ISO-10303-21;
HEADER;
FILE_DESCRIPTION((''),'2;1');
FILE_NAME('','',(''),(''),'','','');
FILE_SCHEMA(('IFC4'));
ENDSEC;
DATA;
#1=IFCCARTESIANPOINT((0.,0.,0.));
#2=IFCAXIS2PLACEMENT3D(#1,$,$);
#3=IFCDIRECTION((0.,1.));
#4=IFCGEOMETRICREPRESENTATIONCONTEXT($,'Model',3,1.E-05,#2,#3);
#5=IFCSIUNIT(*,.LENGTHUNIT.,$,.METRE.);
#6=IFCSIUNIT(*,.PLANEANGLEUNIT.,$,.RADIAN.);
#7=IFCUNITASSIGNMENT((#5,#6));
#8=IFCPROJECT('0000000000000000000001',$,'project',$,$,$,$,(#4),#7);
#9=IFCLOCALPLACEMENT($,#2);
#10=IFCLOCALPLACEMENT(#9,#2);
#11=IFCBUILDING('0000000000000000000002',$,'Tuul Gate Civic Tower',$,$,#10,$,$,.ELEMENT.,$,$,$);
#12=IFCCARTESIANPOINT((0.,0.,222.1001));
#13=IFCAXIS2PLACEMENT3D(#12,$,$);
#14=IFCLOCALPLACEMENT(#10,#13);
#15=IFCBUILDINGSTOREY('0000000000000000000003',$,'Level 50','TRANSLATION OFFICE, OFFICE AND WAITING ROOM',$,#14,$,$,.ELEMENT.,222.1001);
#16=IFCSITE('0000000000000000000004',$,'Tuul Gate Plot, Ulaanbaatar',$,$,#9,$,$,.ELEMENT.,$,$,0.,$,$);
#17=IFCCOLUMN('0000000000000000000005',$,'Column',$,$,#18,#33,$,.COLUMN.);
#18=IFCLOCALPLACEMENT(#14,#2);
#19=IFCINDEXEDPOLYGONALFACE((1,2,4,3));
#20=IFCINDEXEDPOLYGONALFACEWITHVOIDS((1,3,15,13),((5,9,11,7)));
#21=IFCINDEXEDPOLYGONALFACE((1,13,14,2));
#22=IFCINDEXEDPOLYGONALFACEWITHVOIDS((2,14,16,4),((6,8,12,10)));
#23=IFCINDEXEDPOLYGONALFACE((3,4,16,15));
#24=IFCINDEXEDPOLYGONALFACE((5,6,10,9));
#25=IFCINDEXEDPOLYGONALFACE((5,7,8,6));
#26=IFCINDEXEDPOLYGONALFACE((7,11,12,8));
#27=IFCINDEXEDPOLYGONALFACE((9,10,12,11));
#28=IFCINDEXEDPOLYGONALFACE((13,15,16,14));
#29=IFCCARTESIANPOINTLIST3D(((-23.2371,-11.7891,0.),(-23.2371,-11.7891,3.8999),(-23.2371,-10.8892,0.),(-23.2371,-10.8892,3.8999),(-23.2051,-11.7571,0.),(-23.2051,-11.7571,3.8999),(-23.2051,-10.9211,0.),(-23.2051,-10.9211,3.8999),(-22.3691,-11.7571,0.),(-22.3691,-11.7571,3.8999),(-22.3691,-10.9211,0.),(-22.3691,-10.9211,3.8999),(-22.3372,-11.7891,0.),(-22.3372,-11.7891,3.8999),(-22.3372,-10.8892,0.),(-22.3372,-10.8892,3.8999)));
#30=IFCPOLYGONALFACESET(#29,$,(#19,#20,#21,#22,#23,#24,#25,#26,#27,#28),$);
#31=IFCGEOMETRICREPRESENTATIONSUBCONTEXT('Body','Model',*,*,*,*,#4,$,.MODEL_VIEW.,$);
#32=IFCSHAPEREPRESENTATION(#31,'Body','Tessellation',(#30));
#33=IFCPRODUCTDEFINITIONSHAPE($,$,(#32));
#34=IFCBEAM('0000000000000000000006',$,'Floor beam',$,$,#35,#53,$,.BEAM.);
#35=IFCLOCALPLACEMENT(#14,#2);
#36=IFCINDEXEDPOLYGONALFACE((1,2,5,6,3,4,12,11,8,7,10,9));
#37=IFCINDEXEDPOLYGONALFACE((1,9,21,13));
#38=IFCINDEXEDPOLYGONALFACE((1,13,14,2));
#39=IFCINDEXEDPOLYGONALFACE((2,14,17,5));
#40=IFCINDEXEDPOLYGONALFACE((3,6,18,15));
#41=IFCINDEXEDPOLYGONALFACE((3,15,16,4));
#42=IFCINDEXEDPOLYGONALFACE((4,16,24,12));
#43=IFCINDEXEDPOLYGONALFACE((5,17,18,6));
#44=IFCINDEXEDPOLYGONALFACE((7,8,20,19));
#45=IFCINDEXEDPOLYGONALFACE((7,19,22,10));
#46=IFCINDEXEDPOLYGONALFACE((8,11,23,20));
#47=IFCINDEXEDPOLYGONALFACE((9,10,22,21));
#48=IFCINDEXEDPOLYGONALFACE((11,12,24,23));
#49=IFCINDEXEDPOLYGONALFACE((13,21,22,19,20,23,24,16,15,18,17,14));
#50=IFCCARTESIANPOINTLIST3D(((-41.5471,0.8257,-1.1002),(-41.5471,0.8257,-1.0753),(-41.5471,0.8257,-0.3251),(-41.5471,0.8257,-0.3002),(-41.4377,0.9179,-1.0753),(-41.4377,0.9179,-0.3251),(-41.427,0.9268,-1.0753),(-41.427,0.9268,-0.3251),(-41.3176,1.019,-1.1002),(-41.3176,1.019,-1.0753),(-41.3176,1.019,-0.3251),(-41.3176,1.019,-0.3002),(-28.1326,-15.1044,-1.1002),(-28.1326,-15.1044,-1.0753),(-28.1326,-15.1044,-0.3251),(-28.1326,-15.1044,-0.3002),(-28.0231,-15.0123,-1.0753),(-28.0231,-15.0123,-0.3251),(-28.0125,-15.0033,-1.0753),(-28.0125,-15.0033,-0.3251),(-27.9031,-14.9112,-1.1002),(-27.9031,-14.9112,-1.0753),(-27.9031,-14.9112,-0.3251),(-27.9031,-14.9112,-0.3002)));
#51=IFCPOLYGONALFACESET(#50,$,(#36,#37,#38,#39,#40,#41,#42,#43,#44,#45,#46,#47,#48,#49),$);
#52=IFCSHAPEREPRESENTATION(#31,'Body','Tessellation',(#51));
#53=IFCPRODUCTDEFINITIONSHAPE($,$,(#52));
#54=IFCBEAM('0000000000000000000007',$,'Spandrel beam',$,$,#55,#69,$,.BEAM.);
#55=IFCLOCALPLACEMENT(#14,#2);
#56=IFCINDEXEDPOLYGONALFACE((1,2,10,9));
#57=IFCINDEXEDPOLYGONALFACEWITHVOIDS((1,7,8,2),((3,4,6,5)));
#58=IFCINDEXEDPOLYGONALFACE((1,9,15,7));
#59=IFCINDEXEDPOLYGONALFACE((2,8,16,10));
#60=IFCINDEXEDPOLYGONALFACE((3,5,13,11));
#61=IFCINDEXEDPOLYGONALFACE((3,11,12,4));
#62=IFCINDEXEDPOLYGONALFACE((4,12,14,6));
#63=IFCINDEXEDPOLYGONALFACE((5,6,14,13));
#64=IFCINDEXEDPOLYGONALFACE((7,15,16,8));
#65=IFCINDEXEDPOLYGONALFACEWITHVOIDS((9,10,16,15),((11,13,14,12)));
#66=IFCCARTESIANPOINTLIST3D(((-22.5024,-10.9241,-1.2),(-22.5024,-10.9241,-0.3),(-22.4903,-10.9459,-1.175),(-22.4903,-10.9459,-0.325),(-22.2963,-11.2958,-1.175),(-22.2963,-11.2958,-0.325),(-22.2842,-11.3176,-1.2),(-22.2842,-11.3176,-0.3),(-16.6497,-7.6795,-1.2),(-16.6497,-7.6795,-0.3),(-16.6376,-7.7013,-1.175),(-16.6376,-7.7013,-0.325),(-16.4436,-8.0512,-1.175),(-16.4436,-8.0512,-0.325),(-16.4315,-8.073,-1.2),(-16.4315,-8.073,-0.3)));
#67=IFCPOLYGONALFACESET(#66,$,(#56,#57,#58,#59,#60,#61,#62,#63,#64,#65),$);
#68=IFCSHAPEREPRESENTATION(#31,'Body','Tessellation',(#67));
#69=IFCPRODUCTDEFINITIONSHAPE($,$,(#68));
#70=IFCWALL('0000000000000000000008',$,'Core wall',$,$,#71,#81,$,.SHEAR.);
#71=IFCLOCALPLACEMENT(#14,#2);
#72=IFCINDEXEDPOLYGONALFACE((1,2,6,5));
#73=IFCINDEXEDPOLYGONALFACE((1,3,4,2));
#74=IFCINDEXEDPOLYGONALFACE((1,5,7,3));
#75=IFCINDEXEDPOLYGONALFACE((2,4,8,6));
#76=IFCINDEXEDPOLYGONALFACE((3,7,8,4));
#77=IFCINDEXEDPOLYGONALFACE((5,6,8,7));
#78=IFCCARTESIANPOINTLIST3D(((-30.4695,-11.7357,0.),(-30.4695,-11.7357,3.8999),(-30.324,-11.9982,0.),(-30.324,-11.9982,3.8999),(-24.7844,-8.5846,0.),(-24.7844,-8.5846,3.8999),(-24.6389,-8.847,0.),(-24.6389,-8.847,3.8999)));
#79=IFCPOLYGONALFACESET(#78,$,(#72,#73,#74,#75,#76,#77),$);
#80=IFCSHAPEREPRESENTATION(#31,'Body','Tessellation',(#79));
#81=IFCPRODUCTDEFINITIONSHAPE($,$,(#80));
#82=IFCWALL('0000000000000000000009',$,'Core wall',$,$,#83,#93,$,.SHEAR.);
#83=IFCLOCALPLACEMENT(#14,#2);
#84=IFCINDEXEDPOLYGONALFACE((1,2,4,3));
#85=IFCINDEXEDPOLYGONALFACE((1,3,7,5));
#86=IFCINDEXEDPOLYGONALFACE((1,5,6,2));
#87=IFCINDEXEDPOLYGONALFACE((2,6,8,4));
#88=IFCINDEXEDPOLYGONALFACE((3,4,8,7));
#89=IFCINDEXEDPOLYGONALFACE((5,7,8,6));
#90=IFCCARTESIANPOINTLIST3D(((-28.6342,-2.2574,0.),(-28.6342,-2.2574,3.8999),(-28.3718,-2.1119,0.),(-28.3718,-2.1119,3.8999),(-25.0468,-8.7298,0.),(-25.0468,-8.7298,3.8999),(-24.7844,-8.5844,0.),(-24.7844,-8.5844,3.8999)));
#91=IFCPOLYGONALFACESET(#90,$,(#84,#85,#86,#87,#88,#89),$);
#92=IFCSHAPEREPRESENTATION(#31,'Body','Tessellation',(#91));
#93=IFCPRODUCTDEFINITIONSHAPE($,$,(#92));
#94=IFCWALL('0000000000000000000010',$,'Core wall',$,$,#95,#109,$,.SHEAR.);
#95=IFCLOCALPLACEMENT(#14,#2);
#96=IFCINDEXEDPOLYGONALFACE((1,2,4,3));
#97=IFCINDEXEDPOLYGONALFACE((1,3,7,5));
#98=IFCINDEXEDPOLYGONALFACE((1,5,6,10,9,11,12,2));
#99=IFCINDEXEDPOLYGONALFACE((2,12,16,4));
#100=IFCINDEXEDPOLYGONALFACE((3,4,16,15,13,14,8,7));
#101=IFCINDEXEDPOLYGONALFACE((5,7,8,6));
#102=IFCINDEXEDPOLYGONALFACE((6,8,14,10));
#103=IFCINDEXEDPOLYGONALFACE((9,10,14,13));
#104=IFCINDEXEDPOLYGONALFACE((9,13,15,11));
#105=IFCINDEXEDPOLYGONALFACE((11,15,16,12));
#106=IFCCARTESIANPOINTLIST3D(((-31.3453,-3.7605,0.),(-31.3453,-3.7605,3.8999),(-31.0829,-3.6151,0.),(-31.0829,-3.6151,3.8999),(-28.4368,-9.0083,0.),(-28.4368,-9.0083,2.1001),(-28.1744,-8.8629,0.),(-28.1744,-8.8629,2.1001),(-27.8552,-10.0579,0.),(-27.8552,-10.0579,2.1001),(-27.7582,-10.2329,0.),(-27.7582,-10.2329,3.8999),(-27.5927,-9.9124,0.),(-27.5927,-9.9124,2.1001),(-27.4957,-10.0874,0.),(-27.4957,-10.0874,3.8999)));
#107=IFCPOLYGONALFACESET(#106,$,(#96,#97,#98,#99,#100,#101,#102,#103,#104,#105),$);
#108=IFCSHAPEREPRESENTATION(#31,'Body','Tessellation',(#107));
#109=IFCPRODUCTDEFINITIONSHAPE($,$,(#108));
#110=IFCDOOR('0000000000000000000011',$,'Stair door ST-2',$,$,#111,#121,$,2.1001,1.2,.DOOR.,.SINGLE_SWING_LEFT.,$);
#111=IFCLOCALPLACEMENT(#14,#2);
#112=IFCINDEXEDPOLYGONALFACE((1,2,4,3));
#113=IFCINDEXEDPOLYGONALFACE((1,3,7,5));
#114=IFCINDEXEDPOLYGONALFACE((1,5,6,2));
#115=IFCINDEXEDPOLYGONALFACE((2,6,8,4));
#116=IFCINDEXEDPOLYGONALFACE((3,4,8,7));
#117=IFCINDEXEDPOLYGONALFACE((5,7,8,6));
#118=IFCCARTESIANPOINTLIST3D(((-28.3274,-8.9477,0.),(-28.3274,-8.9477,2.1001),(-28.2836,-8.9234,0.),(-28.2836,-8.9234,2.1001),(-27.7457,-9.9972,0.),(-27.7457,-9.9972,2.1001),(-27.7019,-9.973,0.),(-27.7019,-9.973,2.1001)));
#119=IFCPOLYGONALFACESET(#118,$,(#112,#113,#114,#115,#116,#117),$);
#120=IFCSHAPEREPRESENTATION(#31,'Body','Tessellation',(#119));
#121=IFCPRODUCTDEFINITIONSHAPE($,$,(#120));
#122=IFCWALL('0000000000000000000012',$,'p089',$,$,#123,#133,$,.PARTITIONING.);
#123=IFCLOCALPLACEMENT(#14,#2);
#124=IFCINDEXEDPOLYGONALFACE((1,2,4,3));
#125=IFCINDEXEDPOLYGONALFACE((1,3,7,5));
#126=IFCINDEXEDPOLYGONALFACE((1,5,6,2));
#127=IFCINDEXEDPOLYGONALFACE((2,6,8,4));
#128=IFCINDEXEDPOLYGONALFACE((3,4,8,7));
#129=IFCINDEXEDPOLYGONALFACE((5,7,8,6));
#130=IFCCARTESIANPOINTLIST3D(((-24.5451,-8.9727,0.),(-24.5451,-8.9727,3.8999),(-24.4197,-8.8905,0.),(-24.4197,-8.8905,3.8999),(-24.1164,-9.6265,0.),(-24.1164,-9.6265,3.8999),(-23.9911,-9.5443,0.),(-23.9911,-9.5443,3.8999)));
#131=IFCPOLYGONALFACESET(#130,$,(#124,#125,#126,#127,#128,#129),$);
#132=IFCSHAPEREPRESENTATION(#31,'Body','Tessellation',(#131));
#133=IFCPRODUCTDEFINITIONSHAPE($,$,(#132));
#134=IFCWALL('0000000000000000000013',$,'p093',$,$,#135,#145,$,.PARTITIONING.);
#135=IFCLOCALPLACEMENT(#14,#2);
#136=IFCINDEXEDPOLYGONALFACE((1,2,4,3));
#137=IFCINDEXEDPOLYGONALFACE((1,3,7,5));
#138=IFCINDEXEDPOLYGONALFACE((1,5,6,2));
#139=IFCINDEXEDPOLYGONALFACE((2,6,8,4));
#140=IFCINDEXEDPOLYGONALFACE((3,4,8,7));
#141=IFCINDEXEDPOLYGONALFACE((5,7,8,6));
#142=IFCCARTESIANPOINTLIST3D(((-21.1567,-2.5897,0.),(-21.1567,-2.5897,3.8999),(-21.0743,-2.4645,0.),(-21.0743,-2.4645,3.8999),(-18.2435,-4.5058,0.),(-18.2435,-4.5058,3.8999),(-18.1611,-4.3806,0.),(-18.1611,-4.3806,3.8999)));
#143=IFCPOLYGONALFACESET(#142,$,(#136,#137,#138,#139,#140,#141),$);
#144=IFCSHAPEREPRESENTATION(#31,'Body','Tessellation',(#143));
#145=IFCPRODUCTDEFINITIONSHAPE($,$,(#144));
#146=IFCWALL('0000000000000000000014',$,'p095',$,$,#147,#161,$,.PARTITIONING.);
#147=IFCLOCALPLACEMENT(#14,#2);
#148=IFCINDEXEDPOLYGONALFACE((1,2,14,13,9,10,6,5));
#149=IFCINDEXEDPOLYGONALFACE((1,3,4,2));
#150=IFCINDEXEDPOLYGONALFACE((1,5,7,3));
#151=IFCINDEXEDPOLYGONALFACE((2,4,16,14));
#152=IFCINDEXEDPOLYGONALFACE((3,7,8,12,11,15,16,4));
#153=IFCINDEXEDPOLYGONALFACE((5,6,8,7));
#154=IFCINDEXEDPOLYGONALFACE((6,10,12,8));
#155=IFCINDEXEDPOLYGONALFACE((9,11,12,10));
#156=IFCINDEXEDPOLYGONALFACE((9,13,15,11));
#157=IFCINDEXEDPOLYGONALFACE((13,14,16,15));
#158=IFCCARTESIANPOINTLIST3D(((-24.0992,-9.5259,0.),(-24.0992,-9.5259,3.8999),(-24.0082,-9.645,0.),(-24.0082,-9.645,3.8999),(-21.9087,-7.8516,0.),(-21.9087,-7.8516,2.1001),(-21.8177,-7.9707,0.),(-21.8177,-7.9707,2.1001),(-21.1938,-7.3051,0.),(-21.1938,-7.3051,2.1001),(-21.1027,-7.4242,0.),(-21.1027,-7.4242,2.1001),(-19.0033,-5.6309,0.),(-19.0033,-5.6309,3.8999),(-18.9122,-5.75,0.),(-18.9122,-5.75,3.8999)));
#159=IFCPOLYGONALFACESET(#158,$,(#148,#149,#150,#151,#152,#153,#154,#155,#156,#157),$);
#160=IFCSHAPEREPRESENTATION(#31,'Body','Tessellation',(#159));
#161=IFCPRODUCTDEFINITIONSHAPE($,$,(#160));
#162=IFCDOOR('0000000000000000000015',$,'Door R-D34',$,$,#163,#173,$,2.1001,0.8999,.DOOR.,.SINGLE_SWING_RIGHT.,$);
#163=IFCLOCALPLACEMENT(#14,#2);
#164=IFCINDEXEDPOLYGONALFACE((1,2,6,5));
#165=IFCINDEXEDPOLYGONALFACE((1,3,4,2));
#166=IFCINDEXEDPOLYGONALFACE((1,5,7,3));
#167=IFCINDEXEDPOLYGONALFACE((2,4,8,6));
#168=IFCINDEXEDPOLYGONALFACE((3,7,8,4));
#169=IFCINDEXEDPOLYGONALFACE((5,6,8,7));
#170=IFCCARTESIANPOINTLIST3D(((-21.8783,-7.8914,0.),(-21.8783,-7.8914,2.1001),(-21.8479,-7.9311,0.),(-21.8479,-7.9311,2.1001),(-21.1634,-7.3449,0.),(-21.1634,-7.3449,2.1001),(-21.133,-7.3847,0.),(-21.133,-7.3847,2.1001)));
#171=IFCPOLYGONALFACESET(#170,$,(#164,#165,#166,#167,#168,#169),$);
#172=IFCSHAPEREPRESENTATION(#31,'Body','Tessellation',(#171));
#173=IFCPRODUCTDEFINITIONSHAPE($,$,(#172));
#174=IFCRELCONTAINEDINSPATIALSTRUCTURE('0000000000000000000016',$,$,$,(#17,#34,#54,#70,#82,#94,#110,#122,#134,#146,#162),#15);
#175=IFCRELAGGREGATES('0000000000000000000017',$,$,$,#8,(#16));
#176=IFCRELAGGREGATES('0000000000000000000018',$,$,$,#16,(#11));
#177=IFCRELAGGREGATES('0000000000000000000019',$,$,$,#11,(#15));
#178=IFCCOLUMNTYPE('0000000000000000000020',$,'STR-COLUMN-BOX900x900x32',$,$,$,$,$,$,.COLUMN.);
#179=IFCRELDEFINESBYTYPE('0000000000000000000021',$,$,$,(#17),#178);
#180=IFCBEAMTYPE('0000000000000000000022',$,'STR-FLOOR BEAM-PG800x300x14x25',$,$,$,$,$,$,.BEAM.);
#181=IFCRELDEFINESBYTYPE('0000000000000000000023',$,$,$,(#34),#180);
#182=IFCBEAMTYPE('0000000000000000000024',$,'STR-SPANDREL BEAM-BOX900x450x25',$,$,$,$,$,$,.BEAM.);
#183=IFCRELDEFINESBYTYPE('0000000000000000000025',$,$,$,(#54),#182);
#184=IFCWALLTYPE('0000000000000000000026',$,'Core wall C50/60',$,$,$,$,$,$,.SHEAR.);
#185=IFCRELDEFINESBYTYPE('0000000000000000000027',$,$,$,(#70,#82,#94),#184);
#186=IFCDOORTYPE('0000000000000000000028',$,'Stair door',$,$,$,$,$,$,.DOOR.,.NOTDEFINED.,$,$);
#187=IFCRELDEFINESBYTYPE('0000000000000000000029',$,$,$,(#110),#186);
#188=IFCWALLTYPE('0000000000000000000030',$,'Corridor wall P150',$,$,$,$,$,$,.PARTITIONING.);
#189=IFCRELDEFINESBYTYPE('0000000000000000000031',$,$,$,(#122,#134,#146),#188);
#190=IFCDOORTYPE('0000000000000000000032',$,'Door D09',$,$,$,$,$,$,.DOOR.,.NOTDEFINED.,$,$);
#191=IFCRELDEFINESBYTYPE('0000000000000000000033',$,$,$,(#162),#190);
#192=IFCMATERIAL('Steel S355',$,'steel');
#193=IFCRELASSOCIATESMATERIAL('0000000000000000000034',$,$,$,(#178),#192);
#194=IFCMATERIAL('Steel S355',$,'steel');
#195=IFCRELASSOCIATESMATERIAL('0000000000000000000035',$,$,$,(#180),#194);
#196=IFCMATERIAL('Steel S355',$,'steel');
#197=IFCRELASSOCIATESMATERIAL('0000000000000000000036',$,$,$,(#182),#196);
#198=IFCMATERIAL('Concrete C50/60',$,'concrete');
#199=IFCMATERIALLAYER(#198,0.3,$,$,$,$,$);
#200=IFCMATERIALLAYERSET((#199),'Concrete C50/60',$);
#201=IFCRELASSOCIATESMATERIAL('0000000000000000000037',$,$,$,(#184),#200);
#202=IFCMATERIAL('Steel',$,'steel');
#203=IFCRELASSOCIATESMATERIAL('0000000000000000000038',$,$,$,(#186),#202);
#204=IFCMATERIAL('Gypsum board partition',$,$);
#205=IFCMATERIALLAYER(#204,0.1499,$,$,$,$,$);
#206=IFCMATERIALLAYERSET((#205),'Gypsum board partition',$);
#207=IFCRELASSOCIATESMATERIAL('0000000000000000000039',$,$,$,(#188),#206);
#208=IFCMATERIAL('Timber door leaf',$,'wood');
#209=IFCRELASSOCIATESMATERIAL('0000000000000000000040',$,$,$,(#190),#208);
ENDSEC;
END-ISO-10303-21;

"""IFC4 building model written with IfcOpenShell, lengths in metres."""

from ifc_helpers import new_model, si_unit, direction, frame, frame_2d, origin, origin_2d, place, context, subcontext, project, spatial, rectangle, hollow_rectangle, i_section, extrude, material, layer, layer_set, material_profile, profile_set, type_object, element, fill, save


model = new_model("IFC4")

# Units and contexts
model_context = context("Model", 3, precision=1e-05, world=origin(), true_north=direction((0.0, 1.0)))
body_context = subcontext(model_context, "Body", "Model", "MODEL_VIEW")
ifc_project = project(units=[si_unit("LENGTHUNIT", "METRE"), si_unit("PLANEANGLEUNIT", "RADIAN")], contexts=[model_context])

# Site, building, storey
site_placement = place(None, origin())
site = spatial("IfcSite", under=ifc_project, at=site_placement, Name="Tuul Gate Plot, Ulaanbaatar", CompositionType="ELEMENT", RefElevation=0.0)
building_placement = place(site_placement, origin())
building = spatial("IfcBuilding", under=site, at=building_placement, Name="Tuul Gate Civic Tower", CompositionType="ELEMENT")
storey_placement = place(building_placement, frame((0.0, 0.0, 222.1001)))
storey = spatial("IfcBuildingStorey", under=building, at=storey_placement, Name="Level 50", Description="TRANSLATION OFFICE, OFFICE AND WAITING ROOM", CompositionType="ELEMENT", Elevation=222.1001)

# Column
ifc_material_1 = material(Name="Steel S355", Category="steel")
ifc_material_profile_1 = material_profile(ifc_material_1, hollow_rectangle(XDim=0.8999, YDim=0.8999, WallThickness=0.032, at=origin_2d()), Name="BOX900x900x32")
ifc_profile_set_1 = profile_set([ifc_material_profile_1], Name="Steel S355")
column_type = type_object("IfcColumnType", Name="STR-COLUMN-BOX900x900x32", PredefinedType="COLUMN", material=ifc_profile_set_1)
column_placement = place(storey_placement, frame((-22.7871, -11.3391, 0.0), z_axis=(0.0, 0.0, 1.0), x_axis=(1.0, 0.0, 0.0)))
element("IfcColumn", 1, at=column_placement, inside=storey, type_object=column_type, Name="Column", PredefinedType="COLUMN", context=body_context, shape_type="SweptSolid", body=[
    extrude(hollow_rectangle(XDim=0.8999, YDim=0.8999, WallThickness=0.032, at=origin_2d()), origin(), (0.0, 0.0, 1.0), 3.8999),
])

# Beams
ifc_material_2 = material(Name="Steel S355", Category="steel")
ifc_material_profile_2 = material_profile(ifc_material_2, i_section(OverallWidth=0.3, OverallDepth=0.8, WebThickness=0.0139, FlangeThickness=0.0249, at=origin_2d()), Name="PG800x300x14x25")
ifc_profile_set_2 = profile_set([ifc_material_profile_2], Name="Steel S355")
beam_type_1 = type_object("IfcBeamType", Name="STR-FLOOR BEAM-PG800x300x14x25", PredefinedType="BEAM", material=ifc_profile_set_2)
beam_1_placement = place(storey_placement, frame((-28.0178, -15.0078, -0.7002), z_axis=(-0.644126, 0.764919, 0.0), x_axis=(-0.764919, -0.644126, 0.0)))
element("IfcBeam", 2, at=beam_1_placement, inside=storey, type_object=beam_type_1, Name="Floor beam", PredefinedType="BEAM", context=body_context, shape_type="SweptSolid", body=[
    extrude(i_section(OverallWidth=0.3, OverallDepth=0.8, WebThickness=0.0139, FlangeThickness=0.0249, at=origin_2d()), origin(), (0.0, 0.0, 1.0), 20.8259),
])
ifc_material_3 = material(Name="Steel S355", Category="steel")
ifc_material_profile_3 = material_profile(ifc_material_3, hollow_rectangle(XDim=0.45, YDim=0.8999, WallThickness=0.0249, at=origin_2d()), Name="BOX900x450x25")
ifc_profile_set_3 = profile_set([ifc_material_profile_3], Name="Steel S355")
beam_type_2 = type_object("IfcBeamType", Name="STR-SPANDREL BEAM-BOX900x450x25", PredefinedType="BEAM", material=ifc_profile_set_3)
beam_2_placement = place(storey_placement, frame((-22.3933, -11.1208, -0.75), z_axis=(0.874596, 0.484853, 0.0), x_axis=(-0.484853, 0.874596, 0.0)))
element("IfcBeam", 3, at=beam_2_placement, inside=storey, type_object=beam_type_2, Name="Spandrel beam", PredefinedType="BEAM", context=body_context, shape_type="SweptSolid", body=[
    extrude(hollow_rectangle(XDim=0.45, YDim=0.8999, WallThickness=0.0249, at=origin_2d()), origin(), (0.0, 0.0, 1.0), 6.6919),
])

# Walls
ifc_material_4 = material(Name="Concrete C50/60", Category="concrete")
ifc_layer_1 = layer(ifc_material_4, 0.3)
ifc_layer_set_1 = layer_set([ifc_layer_1], Name="Concrete C50/60")
wall_type_1 = type_object("IfcWallType", Name="Core wall C50/60", PredefinedType="SHEAR", material=ifc_layer_set_1)
wall_1_placement = place(storey_placement, frame((-24.7117, -8.7158, 0.0), z_axis=(0.0, 0.0, 1.0), x_axis=(-0.87463, -0.484791, 0.0)))
element("IfcWall", 4, at=wall_1_placement, inside=storey, type_object=wall_type_1, Name="Core wall", PredefinedType="SHEAR", context=body_context, shape_type="SweptSolid", body=[
    extrude(rectangle(XDim=6.5, YDim=0.3, at=frame_2d((3.25, 0.0))), origin(), (0.0, 0.0, 1.0), 3.8999),
])
wall_2_placement = place(storey_placement, frame((-24.9155, -8.6572, 0.0), z_axis=(0.0, 0.0, 1.0), x_axis=(-0.484777, 0.874638, 0.0)))
element("IfcWall", 5, at=wall_2_placement, inside=storey, type_object=wall_type_1, Name="Core wall", PredefinedType="SHEAR", context=body_context, shape_type="SweptSolid", body=[
    extrude(rectangle(XDim=7.4001, YDim=0.3, at=frame_2d((3.7002, 0.0))), origin(), (0.0, 0.0, 1.0), 3.8999),
])

# Wall, opening, door
wall_3_placement = place(storey_placement, frame((-27.627, -10.1602, 0.0), z_axis=(0.0, 0.0, 1.0), x_axis=(-0.484752, 0.874652, 0.0)))
wall_3 = element("IfcWall", 6, at=wall_3_placement, inside=storey, type_object=wall_type_1, Name="Core wall", PredefinedType="SHEAR", context=body_context, shape_type="SweptSolid", body=[
    extrude(rectangle(XDim=7.3999, YDim=0.3, at=frame_2d((3.7, 0.0))), origin(), (0.0, 0.0, 1.0), 3.8999),
])
opening_1_placement = place(wall_3_placement, frame((0.2, 0.0, 0.0)))
opening_1 = element("IfcOpeningElement", 7, at=opening_1_placement, cuts=wall_3, PredefinedType="OPENING", context=body_context, shape_type="SweptSolid", body=[
    extrude(rectangle(XDim=1.2, YDim=2.1001, at=frame_2d((0.6001, 1.05))), frame((0.0, 0.1602, 0.0), z_axis=(0.0, -1.0, 0.0), x_axis=(1.0, 0.0, 0.0)), (0.0, 0.0, 1.0), 0.3201),
])
ifc_material_5 = material(Name="Steel", Category="steel")
door_type_1 = type_object("IfcDoorType", Name="Stair door", OperationType="NOTDEFINED", PredefinedType="DOOR", material=ifc_material_5)
door_1_placement = place(opening_1_placement, origin())
door_1 = element("IfcDoor", 8, at=door_1_placement, inside=storey, type_object=door_type_1, Name="Stair door ST-2", OperationType="SINGLE_SWING_LEFT", OverallHeight=2.1001, OverallWidth=1.2, PredefinedType="DOOR", context=body_context, shape_type="SweptSolid", body=[
    extrude(rectangle(XDim=1.2, YDim=2.1001, at=frame_2d((0.6001, 1.05))), frame((0.0, 0.0249, 0.0), z_axis=(0.0, -1.0, 0.0), x_axis=(1.0, 0.0, 0.0)), (0.0, 0.0, 1.0), 0.05),
])
fill(opening_1, door_1)

# Walls
ifc_material_6 = material(Name="Gypsum board partition")
ifc_layer_2 = layer(ifc_material_6, 0.1499)
ifc_layer_set_2 = layer_set([ifc_layer_2], Name="Gypsum board partition")
wall_type_2 = type_object("IfcWallType", Name="Corridor wall P150", PredefinedType="PARTITIONING", material=ifc_layer_set_2)
wall_4_placement = place(storey_placement, frame((-24.4824, -8.9316, 0.0), z_axis=(0.0, 0.0, 1.0), x_axis=(0.548343, -0.836254, 0.0)))
element("IfcWall", 9, at=wall_4_placement, inside=storey, type_object=wall_type_2, Name="p089", PredefinedType="PARTITIONING", context=body_context, shape_type="SweptSolid", body=[
    extrude(rectangle(XDim=0.7817, YDim=0.1499, at=frame_2d((0.3909, 0.0))), origin(), (0.0, 0.0, 1.0), 3.8999),
])
wall_5_placement = place(storey_placement, frame((-21.1155, -2.5271, 0.0), z_axis=(0.0, 0.0, 1.0), x_axis=(0.835481, -0.549519, 0.0)))
element("IfcWall", 10, at=wall_5_placement, inside=storey, type_object=wall_type_2, Name="p093", PredefinedType="PARTITIONING", context=body_context, shape_type="SweptSolid", body=[
    extrude(rectangle(XDim=3.4868, YDim=0.1499, at=frame_2d((1.7434, 0.0))), origin(), (0.0, 0.0, 1.0), 3.8999),
])

# Wall, opening, door
wall_6_placement = place(storey_placement, frame((-24.0537, -9.5854, 0.0), z_axis=(0.0, 0.0, 1.0), x_axis=(0.794499, 0.607265, 0.0)))
wall_6 = element("IfcWall", 11, at=wall_6_placement, inside=storey, type_object=wall_type_2, Name="p095", PredefinedType="PARTITIONING", context=body_context, shape_type="SweptSolid", body=[
    extrude(rectangle(XDim=6.4141, YDim=0.1499, at=frame_2d((3.207, 0.0))), origin(), (0.0, 0.0, 1.0), 3.8999),
])
opening_2_placement = place(wall_6_placement, frame((2.7571, 0.0, 0.0)))
opening_2 = element("IfcOpeningElement", 12, at=opening_2_placement, cuts=wall_6, PredefinedType="OPENING", context=body_context, shape_type="SweptSolid", body=[
    extrude(rectangle(XDim=0.8999, YDim=2.1001, at=frame_2d((0.45, 1.05))), frame((0.0, 0.085, 0.0), z_axis=(0.0, -1.0, 0.0), x_axis=(1.0, 0.0, 0.0)), (0.0, 0.0, 1.0), 0.1699),
])
ifc_material_7 = material(Name="Timber door leaf", Category="wood")
door_type_2 = type_object("IfcDoorType", Name="Door D09", OperationType="NOTDEFINED", PredefinedType="DOOR", material=ifc_material_7)
door_2_placement = place(opening_2_placement, origin())
door_2 = element("IfcDoor", 13, at=door_2_placement, inside=storey, type_object=door_type_2, Name="Door R-D34", OperationType="SINGLE_SWING_RIGHT", OverallHeight=2.1001, OverallWidth=0.8999, PredefinedType="DOOR", context=body_context, shape_type="SweptSolid", body=[
    extrude(rectangle(XDim=0.8999, YDim=2.1001, at=frame_2d((0.45, 1.05))), frame((0.0, 0.0249, 0.0), z_axis=(0.0, -1.0, 0.0), x_axis=(1.0, 0.0, 0.0)), (0.0, 0.0, 1.0), 0.05),
])
fill(opening_2, door_2)

save(model, "model.ifc")
